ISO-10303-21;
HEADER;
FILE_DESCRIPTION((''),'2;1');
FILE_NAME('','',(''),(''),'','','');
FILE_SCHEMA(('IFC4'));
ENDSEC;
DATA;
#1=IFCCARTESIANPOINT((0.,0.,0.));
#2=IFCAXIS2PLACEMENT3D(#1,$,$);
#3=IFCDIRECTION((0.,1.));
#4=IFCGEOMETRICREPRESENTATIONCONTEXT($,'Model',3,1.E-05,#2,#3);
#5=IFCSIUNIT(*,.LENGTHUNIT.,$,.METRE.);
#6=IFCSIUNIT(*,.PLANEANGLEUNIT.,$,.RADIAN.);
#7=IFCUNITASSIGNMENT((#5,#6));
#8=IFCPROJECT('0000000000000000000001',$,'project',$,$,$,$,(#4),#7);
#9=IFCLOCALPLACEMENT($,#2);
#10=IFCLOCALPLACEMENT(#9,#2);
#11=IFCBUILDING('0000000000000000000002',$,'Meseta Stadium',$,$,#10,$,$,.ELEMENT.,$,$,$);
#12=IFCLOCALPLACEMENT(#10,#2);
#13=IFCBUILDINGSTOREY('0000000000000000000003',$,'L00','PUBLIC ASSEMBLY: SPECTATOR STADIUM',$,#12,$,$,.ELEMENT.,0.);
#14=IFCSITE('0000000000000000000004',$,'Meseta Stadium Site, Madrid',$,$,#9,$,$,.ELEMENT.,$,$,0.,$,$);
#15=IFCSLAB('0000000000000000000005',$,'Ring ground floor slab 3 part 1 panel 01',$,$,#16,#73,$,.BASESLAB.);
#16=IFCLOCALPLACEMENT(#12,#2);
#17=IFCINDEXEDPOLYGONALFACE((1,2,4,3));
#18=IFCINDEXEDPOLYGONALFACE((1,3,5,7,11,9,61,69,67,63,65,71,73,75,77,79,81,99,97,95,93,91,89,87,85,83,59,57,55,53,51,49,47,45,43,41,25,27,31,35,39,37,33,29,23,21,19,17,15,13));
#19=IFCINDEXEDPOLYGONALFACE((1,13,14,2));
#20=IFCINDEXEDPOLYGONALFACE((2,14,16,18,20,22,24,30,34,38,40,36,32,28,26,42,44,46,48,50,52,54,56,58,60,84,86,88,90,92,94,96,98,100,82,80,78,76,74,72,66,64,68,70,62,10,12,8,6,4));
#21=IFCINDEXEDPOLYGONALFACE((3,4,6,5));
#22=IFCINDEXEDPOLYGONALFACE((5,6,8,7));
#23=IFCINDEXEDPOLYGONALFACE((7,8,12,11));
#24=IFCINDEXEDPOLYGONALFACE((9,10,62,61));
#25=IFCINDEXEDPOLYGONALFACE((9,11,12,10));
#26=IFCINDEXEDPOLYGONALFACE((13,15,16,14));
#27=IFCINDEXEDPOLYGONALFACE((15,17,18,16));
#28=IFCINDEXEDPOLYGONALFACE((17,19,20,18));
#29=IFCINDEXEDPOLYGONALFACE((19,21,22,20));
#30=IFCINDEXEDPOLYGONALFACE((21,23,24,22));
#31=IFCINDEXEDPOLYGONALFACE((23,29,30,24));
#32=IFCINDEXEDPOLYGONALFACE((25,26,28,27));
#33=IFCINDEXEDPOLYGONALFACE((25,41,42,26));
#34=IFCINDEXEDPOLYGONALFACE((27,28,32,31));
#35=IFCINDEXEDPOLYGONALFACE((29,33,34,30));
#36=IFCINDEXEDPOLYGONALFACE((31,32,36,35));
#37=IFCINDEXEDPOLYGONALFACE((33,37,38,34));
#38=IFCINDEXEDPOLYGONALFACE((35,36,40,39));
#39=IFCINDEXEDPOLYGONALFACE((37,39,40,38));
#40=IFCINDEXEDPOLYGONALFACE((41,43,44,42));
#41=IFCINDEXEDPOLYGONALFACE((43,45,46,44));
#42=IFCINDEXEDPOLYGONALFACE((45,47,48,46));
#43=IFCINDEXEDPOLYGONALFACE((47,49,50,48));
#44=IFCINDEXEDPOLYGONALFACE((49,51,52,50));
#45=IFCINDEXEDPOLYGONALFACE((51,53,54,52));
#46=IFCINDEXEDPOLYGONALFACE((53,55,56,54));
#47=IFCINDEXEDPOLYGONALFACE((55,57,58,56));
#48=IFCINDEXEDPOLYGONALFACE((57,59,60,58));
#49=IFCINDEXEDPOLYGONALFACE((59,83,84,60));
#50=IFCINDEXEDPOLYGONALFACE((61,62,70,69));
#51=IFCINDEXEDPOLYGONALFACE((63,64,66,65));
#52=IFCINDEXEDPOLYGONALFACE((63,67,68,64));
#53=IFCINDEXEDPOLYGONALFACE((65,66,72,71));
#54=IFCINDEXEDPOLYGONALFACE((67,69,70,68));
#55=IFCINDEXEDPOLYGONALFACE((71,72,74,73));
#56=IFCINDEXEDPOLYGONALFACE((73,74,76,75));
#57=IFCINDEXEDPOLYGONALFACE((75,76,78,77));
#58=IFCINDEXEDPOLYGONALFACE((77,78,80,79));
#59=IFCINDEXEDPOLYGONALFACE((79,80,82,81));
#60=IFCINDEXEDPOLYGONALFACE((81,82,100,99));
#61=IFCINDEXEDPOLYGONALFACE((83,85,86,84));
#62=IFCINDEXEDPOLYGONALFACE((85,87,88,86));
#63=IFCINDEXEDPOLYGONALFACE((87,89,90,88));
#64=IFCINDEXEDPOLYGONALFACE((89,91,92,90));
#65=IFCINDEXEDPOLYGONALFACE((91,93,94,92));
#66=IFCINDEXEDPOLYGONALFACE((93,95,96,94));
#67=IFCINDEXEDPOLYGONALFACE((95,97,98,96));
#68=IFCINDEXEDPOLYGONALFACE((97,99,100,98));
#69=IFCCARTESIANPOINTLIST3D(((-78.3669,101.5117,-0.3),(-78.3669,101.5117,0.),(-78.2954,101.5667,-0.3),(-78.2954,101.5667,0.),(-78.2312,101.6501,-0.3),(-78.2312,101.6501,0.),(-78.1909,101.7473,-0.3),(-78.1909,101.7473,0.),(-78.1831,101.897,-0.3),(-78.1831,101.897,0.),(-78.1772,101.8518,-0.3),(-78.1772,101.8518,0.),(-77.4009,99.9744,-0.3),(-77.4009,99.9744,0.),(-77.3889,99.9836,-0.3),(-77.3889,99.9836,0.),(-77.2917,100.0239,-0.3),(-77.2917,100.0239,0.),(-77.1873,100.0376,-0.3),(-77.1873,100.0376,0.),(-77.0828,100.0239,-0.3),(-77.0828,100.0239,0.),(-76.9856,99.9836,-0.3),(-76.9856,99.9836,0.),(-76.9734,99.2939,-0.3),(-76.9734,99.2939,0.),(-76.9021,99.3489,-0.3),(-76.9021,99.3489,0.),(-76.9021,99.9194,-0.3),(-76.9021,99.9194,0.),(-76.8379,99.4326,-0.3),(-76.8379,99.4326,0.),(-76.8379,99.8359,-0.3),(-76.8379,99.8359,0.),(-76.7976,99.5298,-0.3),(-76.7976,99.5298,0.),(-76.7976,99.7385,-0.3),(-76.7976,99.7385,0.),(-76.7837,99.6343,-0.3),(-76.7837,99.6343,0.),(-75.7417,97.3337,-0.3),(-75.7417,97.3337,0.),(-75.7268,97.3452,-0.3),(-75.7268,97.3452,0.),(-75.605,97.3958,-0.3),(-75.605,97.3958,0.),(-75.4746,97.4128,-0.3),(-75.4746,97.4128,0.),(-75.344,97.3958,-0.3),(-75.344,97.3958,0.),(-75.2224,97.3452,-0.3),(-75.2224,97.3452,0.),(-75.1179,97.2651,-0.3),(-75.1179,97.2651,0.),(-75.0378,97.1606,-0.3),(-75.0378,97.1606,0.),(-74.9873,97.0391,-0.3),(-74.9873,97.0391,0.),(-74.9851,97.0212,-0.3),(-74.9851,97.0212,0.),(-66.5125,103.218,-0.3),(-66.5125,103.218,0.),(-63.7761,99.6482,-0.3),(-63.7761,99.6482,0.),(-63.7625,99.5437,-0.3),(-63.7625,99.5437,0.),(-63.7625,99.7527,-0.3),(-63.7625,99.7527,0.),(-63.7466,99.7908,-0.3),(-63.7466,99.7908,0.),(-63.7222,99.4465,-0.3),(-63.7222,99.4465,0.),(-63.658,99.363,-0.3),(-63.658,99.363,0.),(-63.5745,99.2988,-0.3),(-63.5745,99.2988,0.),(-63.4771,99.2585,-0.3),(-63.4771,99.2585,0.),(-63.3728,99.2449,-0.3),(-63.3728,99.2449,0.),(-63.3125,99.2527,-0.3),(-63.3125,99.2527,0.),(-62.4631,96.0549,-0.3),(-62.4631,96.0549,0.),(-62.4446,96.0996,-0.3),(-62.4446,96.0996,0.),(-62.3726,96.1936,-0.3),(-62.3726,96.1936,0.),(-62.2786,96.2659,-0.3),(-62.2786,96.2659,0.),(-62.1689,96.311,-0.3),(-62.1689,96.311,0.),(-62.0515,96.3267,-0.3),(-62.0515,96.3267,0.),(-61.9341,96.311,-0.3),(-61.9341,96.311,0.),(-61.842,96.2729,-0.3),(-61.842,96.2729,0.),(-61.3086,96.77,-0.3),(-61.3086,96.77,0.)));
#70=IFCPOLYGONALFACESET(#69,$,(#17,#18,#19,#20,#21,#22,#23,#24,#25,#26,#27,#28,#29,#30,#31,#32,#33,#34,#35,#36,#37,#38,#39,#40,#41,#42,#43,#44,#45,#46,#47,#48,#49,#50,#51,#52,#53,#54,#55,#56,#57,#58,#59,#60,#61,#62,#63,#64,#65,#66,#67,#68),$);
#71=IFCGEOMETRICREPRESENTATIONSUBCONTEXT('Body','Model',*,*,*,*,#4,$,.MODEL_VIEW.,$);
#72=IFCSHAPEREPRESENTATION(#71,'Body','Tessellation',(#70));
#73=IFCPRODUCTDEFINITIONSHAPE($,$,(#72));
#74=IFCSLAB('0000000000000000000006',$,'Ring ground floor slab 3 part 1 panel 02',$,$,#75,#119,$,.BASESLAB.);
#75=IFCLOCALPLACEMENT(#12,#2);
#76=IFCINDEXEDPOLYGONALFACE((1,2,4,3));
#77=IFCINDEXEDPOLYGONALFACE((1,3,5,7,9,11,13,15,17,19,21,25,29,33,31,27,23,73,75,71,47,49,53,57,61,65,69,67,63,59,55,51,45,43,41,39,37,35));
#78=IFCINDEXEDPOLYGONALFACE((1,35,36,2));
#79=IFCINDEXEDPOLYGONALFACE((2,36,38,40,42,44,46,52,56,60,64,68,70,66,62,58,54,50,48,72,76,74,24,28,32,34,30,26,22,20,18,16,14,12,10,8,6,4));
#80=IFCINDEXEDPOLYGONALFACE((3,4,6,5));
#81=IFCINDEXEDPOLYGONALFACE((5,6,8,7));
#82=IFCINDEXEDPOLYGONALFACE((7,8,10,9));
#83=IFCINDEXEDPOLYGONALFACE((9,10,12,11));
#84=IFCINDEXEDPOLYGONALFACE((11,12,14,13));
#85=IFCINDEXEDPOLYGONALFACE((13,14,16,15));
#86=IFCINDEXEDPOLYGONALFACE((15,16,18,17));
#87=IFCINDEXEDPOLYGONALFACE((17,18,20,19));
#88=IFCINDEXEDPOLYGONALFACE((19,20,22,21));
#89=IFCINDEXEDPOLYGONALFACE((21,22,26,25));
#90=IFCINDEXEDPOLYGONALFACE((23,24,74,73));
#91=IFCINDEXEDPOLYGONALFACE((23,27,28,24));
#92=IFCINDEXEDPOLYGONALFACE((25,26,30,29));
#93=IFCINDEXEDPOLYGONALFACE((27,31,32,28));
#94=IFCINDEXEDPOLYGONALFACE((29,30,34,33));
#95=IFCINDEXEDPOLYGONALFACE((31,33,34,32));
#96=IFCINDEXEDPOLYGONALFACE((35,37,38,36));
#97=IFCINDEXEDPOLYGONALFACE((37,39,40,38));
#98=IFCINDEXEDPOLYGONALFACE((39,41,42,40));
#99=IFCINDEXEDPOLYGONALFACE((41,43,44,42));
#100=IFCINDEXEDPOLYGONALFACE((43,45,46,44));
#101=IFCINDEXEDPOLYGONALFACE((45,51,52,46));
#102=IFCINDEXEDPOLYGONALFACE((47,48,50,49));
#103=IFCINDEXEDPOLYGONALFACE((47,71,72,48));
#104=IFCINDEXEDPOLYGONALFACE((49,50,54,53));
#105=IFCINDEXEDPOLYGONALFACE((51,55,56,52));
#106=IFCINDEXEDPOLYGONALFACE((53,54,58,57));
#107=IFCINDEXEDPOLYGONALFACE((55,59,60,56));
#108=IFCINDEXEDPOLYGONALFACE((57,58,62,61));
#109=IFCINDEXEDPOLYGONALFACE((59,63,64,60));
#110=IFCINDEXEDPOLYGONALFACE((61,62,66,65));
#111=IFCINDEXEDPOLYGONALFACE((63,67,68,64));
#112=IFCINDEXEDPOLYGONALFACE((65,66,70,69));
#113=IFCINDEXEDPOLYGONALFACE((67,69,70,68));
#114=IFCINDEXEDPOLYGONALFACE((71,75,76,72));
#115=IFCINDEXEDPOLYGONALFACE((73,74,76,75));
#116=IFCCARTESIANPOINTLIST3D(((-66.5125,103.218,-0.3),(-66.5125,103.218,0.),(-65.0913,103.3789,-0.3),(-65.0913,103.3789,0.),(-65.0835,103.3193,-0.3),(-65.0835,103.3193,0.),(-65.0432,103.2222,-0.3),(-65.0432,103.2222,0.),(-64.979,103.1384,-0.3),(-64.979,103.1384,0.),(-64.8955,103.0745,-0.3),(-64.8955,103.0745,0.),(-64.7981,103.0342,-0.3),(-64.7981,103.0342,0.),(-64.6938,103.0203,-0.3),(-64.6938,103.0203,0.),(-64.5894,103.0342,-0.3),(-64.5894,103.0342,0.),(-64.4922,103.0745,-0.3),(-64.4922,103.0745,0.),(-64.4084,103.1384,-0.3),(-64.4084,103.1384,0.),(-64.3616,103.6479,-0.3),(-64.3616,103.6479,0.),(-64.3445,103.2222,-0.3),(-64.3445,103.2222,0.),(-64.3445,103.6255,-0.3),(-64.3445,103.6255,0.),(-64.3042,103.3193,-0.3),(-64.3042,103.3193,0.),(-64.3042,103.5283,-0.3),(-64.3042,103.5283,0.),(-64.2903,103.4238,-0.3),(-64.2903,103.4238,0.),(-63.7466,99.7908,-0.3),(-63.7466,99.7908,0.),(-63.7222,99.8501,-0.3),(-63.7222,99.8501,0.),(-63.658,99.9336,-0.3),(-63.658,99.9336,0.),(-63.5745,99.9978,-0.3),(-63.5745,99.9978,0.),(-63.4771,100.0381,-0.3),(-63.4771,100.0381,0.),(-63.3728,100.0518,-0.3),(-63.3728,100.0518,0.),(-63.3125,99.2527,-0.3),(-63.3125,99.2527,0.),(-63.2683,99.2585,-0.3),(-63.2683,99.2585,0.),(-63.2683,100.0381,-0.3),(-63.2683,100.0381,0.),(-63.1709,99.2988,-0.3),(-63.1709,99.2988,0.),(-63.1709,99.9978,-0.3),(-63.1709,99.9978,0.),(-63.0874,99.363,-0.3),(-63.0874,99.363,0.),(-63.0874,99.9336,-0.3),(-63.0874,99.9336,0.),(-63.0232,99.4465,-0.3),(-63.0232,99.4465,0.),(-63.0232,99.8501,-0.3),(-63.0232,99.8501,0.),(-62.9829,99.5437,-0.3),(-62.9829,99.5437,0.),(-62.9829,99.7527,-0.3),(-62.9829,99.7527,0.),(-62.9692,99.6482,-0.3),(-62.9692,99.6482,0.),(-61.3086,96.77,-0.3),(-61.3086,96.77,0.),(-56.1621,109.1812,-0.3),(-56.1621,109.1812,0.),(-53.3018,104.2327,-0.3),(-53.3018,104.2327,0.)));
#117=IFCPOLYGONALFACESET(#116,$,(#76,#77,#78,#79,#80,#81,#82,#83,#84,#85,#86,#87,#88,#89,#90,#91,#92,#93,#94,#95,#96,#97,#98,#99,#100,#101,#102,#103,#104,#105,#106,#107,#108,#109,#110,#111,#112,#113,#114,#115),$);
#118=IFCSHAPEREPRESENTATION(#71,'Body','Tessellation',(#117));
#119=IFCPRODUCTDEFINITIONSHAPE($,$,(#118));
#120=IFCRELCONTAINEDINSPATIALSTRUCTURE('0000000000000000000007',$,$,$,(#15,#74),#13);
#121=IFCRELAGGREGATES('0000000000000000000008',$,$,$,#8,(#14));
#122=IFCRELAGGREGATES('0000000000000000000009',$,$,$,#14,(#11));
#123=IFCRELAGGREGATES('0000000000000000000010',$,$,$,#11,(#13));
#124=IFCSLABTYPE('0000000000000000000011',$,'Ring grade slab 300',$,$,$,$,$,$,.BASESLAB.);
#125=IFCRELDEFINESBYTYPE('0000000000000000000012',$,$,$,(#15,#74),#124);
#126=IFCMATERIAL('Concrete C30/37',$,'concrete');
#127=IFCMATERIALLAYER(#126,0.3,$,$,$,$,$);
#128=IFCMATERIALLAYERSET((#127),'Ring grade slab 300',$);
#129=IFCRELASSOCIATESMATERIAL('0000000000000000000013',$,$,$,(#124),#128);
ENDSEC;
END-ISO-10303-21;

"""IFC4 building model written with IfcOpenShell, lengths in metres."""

from ifc_helpers import new_model, si_unit, direction, frame, origin, place, context, subcontext, project, spatial, polyline, outline, extrude, material, layer, layer_set, type_object, element, save


model = new_model("IFC4")

# Units and contexts
model_context = context("Model", 3, precision=1e-05, world=origin(), true_north=direction((0.0, 1.0)))
body_context = subcontext(model_context, "Body", "Model", "MODEL_VIEW")
ifc_project = project(units=[si_unit("LENGTHUNIT", "METRE"), si_unit("PLANEANGLEUNIT", "RADIAN")], contexts=[model_context])

# Site, building, storey
site_placement = place(None, origin())
site = spatial("IfcSite", under=ifc_project, at=site_placement, Name="Meseta Stadium Site, Madrid", CompositionType="ELEMENT", RefElevation=0.0)
building_placement = place(site_placement, origin())
building = spatial("IfcBuilding", under=site, at=building_placement, Name="Meseta Stadium", CompositionType="ELEMENT")
storey_placement = place(building_placement, origin())
storey = spatial("IfcBuildingStorey", under=building, at=storey_placement, Name="L00", Description="PUBLIC ASSEMBLY: SPECTATOR STADIUM", CompositionType="ELEMENT", Elevation=0.0)

# Slabs
ifc_material_1 = material(Name="Concrete C30/37", Category="concrete")
ifc_layer_1 = layer(ifc_material_1, 0.3)
ifc_layer_set_1 = layer_set([ifc_layer_1], Name="Ring grade slab 300")
slab_type_1 = type_object("IfcSlabType", Name="Ring grade slab 300", PredefinedType="BASESLAB", material=ifc_layer_set_1)
slab_1_placement = place(storey_placement, frame((0.0, 0.0, -0.3)))
element("IfcSlab", 1, at=slab_1_placement, inside=storey, type_object=slab_type_1, Name="Ring ground floor slab 3 part 1 panel 01", PredefinedType="BASESLAB", context=body_context, shape_type="SweptSolid", body=[
    extrude(outline(polyline([(-61.9341, 96.311), (-61.842, 96.2729), (-61.3086, 96.77), (-63.3125, 99.2527), (-63.3728, 99.2449), (-63.4771, 99.2585), (-63.5745, 99.2988), (-63.658, 99.363), (-63.7222, 99.4465), (-63.7625, 99.5437), (-63.7761, 99.6482), (-63.7625, 99.7527), (-63.7466, 99.7908), (-66.5125, 103.218), (-78.1831, 101.897), (-78.1772, 101.8518), (-78.1909, 101.7473), (-78.2312, 101.6501), (-78.2954, 101.5667), (-78.3669, 101.5117), (-77.4009, 99.9744), (-77.3889, 99.9836), (-77.2917, 100.0239), (-77.1873, 100.0376), (-77.0828, 100.0239), (-76.9856, 99.9836), (-76.9021, 99.9194), (-76.8379, 99.8359), (-76.7976, 99.7385), (-76.7837, 99.6343), (-76.7976, 99.5298), (-76.8379, 99.4326), (-76.9021, 99.3489), (-76.9734, 99.2939), (-75.7417, 97.3337), (-75.7268, 97.3452), (-75.605, 97.3958), (-75.4746, 97.4128), (-75.344, 97.3958), (-75.2224, 97.3452), (-75.1179, 97.2651), (-75.0378, 97.1606), (-74.9873, 97.0391), (-74.9851, 97.0212), (-62.4631, 96.0549), (-62.4446, 96.0996), (-62.3726, 96.1936), (-62.2786, 96.2659), (-62.1689, 96.311), (-62.0515, 96.3267), (-61.9341, 96.311)])), origin(), (0.0, 0.0, 1.0), 0.3),
])
slab_2_placement = place(storey_placement, frame((0.0, 0.0, -0.3)))
element("IfcSlab", 2, at=slab_2_placement, inside=storey, type_object=slab_type_1, Name="Ring ground floor slab 3 part 1 panel 02", PredefinedType="BASESLAB", context=body_context, shape_type="SweptSolid", body=[
    extrude(outline(polyline([(-65.0835, 103.3193), (-65.0913, 103.3789), (-66.5125, 103.218), (-63.7466, 99.7908), (-63.7222, 99.8501), (-63.658, 99.9336), (-63.5745, 99.9978), (-63.4771, 100.0381), (-63.3728, 100.0518), (-63.2683, 100.0381), (-63.1709, 99.9978), (-63.0874, 99.9336), (-63.0232, 99.8501), (-62.9829, 99.7527), (-62.9692, 99.6482), (-62.9829, 99.5437), (-63.0232, 99.4465), (-63.0874, 99.363), (-63.1709, 99.2988), (-63.2683, 99.2585), (-63.3125, 99.2527), (-61.3086, 96.77), (-53.3018, 104.2327), (-56.1621, 109.1812), (-64.3616, 103.6479), (-64.3445, 103.6255), (-64.3042, 103.5283), (-64.2903, 103.4238), (-64.3042, 103.3193), (-64.3445, 103.2222), (-64.4084, 103.1384), (-64.4922, 103.0745), (-64.5894, 103.0342), (-64.6938, 103.0203), (-64.7981, 103.0342), (-64.8955, 103.0745), (-64.979, 103.1384), (-65.0432, 103.2222), (-65.0835, 103.3193)])), origin(), (0.0, 0.0, 1.0), 0.3),
])

save(model, "model.ifc")
